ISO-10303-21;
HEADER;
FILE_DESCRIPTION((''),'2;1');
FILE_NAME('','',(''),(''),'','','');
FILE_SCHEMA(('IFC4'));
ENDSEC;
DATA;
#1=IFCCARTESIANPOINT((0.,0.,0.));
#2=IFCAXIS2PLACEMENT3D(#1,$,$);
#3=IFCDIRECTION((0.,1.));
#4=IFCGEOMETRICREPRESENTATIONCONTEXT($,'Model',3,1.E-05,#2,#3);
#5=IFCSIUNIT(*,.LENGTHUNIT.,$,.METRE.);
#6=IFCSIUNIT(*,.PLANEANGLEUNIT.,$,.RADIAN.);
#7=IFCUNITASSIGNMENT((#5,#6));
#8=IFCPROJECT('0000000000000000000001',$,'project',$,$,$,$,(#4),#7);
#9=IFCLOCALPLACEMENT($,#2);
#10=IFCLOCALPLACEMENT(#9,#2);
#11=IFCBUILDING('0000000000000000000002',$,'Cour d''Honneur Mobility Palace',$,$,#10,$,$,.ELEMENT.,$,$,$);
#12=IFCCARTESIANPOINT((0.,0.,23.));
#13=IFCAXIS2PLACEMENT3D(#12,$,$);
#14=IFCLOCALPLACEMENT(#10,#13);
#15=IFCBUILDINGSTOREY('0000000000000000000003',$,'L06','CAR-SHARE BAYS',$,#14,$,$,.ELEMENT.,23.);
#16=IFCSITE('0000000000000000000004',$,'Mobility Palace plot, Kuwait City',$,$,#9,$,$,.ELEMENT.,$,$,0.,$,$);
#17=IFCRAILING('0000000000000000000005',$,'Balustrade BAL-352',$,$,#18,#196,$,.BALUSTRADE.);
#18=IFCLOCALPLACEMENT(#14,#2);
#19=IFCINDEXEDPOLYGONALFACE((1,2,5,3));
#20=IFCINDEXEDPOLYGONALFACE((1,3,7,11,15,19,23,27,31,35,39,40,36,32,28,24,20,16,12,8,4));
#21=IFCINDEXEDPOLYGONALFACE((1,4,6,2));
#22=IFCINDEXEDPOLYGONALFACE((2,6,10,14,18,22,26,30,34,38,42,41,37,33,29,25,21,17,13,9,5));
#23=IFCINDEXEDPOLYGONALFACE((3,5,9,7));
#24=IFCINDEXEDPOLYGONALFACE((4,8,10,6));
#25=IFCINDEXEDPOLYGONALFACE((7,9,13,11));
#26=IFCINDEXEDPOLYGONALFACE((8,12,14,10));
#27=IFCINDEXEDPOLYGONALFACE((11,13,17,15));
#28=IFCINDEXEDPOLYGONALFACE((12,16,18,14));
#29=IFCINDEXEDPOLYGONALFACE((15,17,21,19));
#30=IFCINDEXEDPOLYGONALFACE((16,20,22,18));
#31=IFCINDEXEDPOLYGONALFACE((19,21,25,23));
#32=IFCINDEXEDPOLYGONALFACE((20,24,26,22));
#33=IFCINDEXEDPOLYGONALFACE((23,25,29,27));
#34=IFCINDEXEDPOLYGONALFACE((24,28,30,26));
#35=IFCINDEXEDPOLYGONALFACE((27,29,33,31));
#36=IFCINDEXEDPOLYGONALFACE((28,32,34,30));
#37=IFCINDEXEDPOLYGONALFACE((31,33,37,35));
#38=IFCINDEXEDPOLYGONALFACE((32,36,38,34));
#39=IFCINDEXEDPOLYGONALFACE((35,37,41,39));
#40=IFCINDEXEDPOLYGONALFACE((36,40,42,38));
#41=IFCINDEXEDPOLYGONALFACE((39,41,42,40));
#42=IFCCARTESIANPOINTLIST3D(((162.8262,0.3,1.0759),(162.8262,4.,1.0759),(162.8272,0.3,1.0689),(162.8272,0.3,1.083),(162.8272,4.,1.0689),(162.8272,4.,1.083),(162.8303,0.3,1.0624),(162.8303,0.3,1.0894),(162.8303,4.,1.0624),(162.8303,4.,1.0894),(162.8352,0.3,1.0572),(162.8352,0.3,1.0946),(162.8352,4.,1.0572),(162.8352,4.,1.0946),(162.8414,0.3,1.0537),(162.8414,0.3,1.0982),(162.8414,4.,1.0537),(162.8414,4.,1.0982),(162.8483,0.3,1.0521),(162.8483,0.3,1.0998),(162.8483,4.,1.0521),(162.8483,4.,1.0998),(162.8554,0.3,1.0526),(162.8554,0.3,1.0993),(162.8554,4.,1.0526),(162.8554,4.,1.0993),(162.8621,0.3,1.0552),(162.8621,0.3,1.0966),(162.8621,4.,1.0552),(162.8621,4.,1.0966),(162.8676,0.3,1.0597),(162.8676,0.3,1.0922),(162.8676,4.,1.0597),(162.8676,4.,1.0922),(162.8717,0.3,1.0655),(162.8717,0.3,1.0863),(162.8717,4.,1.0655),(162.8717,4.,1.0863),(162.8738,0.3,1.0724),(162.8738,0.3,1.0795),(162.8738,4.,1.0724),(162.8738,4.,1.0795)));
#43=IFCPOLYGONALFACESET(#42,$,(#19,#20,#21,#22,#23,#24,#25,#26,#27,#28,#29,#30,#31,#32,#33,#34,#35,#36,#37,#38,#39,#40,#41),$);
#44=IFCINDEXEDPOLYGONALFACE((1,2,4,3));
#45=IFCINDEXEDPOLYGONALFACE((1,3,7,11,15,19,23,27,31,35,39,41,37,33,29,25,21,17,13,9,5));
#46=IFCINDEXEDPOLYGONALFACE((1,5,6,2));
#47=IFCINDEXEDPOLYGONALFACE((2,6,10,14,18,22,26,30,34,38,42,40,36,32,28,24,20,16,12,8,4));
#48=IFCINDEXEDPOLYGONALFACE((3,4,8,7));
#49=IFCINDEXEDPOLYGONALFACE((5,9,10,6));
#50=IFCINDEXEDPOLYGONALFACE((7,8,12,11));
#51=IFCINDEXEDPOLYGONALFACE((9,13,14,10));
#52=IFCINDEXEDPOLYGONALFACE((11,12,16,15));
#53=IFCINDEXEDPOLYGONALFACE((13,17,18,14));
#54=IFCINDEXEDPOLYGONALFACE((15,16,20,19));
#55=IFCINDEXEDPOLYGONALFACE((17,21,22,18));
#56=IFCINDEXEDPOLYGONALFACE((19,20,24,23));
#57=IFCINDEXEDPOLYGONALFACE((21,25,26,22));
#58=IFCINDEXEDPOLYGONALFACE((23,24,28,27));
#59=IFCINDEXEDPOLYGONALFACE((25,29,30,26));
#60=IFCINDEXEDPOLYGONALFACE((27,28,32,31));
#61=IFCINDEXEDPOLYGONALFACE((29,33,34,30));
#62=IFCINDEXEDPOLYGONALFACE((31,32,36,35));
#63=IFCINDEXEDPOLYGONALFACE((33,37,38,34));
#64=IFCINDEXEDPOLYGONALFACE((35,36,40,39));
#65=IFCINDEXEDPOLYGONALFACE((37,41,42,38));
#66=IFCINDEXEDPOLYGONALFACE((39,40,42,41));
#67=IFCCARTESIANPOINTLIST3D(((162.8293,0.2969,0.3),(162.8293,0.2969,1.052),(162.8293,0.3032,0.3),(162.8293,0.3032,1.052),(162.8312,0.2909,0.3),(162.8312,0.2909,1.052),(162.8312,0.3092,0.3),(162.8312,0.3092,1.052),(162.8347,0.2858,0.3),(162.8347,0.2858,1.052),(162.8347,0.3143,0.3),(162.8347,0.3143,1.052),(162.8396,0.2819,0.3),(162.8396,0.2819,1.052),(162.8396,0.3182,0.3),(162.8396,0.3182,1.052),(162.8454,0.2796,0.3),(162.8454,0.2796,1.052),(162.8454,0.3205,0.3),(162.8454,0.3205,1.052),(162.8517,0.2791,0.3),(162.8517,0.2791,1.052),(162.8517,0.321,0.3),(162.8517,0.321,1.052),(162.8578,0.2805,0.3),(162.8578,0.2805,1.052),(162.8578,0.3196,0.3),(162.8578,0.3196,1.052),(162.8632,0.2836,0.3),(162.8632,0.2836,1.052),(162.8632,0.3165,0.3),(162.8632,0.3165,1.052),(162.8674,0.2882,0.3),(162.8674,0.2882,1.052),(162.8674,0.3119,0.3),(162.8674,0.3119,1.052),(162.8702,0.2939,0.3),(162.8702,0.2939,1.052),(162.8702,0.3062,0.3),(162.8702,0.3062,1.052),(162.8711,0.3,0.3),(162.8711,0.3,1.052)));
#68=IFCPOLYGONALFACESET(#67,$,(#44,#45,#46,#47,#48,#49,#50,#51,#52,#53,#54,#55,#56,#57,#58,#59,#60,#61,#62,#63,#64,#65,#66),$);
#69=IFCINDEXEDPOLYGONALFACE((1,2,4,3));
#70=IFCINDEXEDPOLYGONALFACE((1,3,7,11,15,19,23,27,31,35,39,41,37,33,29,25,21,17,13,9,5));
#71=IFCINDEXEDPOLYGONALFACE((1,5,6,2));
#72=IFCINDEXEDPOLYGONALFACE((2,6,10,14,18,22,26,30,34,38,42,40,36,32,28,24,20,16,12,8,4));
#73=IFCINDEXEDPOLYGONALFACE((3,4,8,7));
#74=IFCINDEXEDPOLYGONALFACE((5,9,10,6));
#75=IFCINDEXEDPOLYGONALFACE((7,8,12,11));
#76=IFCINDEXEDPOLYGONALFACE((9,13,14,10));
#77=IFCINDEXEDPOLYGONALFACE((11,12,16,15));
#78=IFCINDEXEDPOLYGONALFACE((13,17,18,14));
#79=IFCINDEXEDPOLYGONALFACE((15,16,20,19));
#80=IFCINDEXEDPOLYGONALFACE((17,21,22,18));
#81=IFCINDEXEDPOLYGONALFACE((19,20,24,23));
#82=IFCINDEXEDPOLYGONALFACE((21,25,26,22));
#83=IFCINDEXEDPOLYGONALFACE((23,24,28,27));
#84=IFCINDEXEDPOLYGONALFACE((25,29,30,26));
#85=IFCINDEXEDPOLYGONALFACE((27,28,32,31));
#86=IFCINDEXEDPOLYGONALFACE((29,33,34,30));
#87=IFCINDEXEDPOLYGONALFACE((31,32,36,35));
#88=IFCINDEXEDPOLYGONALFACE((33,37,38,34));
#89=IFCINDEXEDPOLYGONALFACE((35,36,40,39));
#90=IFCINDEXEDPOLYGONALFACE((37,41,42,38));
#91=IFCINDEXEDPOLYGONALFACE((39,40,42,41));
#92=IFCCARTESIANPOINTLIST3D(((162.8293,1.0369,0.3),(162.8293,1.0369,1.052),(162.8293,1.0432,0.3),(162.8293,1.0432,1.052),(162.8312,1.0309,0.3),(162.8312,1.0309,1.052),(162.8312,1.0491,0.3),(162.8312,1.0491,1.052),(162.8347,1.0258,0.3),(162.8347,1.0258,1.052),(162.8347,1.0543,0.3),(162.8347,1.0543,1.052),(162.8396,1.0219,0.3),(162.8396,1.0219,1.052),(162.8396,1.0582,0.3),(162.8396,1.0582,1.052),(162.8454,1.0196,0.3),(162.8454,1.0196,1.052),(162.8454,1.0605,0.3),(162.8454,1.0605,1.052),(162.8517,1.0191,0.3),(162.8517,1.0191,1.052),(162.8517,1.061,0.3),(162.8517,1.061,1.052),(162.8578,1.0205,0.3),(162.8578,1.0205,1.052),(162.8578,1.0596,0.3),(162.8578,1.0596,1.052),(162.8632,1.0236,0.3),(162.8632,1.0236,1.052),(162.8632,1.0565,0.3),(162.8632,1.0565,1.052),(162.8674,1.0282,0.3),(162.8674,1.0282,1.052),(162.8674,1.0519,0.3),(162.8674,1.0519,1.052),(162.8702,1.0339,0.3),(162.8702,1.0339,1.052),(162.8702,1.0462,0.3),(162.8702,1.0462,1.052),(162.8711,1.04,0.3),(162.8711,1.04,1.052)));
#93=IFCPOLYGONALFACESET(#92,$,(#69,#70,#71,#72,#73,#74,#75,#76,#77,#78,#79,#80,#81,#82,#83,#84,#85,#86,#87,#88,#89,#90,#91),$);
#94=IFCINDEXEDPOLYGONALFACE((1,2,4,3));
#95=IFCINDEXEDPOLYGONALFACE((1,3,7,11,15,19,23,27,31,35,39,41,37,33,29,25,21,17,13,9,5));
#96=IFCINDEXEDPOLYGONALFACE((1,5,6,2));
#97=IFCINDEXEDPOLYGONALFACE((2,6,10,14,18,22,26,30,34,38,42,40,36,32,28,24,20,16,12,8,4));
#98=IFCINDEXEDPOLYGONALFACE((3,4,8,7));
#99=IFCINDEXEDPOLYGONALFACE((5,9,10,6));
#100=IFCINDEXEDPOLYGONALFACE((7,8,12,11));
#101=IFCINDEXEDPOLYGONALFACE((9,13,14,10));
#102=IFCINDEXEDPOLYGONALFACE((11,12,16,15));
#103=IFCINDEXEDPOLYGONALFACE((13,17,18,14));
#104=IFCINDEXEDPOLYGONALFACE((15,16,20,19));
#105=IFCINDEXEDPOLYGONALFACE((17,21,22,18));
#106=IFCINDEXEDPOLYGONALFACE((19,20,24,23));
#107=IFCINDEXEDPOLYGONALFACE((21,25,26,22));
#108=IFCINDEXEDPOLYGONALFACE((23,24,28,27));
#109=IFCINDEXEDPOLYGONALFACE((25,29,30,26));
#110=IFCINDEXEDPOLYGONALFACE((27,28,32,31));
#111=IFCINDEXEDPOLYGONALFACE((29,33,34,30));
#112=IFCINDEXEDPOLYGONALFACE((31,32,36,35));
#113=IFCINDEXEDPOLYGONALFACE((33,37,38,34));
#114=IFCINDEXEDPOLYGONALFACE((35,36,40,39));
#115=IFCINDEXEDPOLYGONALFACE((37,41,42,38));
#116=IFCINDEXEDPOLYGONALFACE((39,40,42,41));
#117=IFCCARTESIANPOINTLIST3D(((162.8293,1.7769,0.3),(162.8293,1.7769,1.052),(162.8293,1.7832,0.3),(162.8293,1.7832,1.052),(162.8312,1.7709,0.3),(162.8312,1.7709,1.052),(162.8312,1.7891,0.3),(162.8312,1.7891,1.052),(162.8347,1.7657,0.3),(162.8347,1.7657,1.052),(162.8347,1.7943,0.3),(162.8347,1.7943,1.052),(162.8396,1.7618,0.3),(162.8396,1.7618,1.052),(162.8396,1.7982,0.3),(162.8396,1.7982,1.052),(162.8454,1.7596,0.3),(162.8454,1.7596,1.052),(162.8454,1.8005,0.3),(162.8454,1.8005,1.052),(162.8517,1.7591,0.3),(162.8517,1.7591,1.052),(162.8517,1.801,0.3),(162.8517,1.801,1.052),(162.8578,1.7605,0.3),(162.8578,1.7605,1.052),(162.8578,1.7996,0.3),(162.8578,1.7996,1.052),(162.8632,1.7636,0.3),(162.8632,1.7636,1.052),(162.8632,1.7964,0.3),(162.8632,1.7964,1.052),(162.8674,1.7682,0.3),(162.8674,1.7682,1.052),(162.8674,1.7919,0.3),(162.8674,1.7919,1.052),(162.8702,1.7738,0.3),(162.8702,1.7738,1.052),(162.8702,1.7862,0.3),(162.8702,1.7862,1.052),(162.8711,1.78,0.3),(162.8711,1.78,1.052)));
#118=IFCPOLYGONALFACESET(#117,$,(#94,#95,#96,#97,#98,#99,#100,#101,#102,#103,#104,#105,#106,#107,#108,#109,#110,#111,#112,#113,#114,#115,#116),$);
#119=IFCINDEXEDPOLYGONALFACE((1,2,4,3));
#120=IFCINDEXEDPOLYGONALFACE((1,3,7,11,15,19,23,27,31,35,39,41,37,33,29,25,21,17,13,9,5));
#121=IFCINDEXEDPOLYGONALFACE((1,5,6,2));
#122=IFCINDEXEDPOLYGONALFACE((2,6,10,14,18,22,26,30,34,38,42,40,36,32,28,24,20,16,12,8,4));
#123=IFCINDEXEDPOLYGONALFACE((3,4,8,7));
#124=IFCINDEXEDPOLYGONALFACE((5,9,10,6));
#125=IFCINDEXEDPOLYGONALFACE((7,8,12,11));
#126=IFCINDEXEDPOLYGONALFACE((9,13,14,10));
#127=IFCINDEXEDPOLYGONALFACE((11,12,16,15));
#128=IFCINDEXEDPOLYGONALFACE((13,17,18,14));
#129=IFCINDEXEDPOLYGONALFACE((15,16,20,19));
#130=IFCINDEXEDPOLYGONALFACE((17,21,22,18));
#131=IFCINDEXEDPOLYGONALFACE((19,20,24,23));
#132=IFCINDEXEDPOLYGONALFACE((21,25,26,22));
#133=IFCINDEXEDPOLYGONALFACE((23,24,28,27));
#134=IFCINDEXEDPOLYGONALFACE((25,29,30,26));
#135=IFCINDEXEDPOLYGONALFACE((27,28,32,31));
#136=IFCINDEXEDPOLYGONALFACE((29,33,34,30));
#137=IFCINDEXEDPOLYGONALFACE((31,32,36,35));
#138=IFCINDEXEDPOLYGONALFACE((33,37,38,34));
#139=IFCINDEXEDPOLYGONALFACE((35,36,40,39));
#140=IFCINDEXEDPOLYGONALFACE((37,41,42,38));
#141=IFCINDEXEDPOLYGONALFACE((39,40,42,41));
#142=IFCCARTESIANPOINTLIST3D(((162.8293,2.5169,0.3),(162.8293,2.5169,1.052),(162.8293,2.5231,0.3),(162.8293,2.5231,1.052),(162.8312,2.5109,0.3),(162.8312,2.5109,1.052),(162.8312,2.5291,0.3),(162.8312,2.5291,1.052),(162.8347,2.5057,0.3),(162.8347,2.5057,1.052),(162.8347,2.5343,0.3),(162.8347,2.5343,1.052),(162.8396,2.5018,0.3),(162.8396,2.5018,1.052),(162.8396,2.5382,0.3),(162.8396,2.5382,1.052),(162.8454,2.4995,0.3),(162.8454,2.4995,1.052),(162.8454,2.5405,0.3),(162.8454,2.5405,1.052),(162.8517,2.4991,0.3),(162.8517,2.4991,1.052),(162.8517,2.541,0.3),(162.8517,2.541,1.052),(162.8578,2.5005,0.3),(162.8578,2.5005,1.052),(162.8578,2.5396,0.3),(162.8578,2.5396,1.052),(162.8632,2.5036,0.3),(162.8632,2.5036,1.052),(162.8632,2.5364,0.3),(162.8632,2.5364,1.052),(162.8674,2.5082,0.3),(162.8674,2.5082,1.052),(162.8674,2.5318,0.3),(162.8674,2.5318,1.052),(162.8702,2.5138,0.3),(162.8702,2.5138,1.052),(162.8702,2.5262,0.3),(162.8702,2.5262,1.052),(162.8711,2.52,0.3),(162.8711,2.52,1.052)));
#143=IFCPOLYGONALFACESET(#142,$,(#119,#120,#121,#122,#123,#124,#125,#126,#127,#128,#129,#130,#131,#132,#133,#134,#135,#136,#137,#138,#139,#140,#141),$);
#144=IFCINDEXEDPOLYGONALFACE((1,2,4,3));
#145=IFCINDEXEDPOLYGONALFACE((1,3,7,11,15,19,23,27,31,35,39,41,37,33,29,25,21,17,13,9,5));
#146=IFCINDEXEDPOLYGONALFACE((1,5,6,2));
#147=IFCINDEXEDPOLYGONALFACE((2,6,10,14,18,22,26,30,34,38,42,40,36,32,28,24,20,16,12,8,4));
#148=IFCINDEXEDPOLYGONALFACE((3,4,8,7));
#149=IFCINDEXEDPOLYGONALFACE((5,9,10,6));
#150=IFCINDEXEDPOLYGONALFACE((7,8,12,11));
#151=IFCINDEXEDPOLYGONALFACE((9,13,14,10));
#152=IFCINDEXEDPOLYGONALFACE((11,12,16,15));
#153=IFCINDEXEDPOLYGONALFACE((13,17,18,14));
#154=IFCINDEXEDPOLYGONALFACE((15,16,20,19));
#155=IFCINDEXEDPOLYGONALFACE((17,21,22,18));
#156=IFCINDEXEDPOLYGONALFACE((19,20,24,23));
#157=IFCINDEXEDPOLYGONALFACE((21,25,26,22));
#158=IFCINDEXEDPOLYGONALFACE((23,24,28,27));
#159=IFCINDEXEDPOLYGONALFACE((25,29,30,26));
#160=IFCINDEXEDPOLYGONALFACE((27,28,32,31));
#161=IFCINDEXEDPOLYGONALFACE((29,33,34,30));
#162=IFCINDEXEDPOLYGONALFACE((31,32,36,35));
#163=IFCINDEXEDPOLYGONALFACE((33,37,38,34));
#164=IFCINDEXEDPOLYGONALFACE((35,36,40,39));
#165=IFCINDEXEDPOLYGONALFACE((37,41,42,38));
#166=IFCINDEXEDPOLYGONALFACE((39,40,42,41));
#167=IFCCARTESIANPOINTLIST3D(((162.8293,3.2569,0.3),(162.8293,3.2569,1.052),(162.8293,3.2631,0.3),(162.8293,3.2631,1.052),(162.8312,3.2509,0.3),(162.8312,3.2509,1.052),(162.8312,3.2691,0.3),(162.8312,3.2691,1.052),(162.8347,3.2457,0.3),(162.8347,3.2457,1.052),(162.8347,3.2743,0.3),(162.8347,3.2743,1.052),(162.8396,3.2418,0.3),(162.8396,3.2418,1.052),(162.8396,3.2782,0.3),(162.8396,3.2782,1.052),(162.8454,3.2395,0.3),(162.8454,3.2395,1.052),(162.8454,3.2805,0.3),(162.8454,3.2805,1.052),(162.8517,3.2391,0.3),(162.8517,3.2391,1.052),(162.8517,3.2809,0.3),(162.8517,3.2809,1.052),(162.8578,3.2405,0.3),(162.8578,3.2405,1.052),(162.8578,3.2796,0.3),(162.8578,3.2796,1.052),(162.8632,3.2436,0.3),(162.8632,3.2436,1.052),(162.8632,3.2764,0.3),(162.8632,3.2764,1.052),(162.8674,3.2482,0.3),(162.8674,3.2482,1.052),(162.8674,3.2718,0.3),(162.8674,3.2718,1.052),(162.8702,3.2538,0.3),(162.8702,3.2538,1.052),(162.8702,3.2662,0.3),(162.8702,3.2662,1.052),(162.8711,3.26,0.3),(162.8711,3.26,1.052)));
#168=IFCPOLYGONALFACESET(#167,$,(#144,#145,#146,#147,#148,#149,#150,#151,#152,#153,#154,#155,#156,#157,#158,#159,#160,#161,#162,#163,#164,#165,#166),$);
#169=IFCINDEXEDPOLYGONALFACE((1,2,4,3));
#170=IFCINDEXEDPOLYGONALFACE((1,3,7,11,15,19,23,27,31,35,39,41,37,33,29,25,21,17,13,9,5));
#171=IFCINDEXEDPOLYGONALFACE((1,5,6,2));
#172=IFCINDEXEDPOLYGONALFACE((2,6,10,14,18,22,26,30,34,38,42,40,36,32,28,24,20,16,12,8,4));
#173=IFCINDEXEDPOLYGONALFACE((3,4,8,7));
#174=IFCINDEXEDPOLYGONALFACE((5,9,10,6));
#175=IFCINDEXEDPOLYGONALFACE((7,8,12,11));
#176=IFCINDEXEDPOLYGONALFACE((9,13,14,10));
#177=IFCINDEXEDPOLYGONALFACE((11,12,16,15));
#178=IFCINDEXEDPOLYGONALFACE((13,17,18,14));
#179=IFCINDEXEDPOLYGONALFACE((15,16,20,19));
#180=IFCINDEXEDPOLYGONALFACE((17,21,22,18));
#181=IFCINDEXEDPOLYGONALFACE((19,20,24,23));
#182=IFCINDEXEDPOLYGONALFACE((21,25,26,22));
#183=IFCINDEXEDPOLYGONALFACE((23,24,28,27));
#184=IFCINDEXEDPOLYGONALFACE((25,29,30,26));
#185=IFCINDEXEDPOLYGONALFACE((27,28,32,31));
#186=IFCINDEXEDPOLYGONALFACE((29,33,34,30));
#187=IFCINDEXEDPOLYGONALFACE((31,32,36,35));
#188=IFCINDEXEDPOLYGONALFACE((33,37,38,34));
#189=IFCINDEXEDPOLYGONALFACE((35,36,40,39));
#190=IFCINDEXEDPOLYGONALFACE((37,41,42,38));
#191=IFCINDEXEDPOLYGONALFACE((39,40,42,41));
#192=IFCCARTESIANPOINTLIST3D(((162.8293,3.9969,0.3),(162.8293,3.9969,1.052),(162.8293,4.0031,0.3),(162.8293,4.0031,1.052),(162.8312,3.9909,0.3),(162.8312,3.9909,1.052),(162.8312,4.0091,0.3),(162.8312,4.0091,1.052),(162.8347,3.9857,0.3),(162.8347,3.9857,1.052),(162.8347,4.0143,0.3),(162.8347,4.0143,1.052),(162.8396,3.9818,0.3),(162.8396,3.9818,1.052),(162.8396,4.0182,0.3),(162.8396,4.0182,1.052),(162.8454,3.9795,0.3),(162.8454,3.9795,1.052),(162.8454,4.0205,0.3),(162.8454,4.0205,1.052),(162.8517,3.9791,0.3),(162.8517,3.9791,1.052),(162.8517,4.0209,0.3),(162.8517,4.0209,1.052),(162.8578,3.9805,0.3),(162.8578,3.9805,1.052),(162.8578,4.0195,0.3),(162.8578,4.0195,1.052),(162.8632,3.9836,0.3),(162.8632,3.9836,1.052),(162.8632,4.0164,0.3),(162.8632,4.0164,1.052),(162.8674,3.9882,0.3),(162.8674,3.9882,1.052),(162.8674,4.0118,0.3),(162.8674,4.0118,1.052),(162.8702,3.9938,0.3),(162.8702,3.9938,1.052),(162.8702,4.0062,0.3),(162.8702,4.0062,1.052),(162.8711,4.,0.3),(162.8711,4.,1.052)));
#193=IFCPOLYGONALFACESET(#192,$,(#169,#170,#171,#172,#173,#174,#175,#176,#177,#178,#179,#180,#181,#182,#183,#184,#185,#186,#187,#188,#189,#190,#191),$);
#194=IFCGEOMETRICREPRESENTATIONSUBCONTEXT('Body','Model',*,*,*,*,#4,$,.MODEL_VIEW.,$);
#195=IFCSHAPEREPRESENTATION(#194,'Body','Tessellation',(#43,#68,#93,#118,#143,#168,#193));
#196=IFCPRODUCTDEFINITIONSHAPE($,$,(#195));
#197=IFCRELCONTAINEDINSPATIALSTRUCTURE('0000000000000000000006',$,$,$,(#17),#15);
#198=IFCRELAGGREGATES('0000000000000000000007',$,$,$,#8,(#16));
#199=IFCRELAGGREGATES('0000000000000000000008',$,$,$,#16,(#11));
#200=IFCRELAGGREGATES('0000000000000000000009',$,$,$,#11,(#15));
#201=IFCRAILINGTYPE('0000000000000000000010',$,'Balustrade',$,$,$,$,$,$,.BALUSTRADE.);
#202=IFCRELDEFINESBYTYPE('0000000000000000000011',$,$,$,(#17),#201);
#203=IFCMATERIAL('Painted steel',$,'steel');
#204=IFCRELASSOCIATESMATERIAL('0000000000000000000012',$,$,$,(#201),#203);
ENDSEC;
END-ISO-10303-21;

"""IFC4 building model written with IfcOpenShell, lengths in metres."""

from ifc_helpers import new_model, si_unit, direction, frame, origin, origin_2d, place, context, subcontext, project, spatial, circle, extrude, material, type_object, element, save


model = new_model("IFC4")

# Units and contexts
model_context = context("Model", 3, precision=1e-05, world=origin(), true_north=direction((0.0, 1.0)))
body_context = subcontext(model_context, "Body", "Model", "MODEL_VIEW")
ifc_project = project(units=[si_unit("LENGTHUNIT", "METRE"), si_unit("PLANEANGLEUNIT", "RADIAN")], contexts=[model_context])

# Site, building, storey
site_placement = place(None, origin())
site = spatial("IfcSite", under=ifc_project, at=site_placement, Name="Mobility Palace plot, Kuwait City", CompositionType="ELEMENT", RefElevation=0.0)
building_placement = place(site_placement, origin())
building = spatial("IfcBuilding", under=site, at=building_placement, Name="Cour d'Honneur Mobility Palace", CompositionType="ELEMENT")
storey_placement = place(building_placement, frame((0.0, 0.0, 23.0)))
storey = spatial("IfcBuildingStorey", under=building, at=storey_placement, Name="L06", Description="CAR-SHARE BAYS", CompositionType="ELEMENT", Elevation=23.0)

# Railing
ifc_material_1 = material(Name="Painted steel", Category="steel")
railing_type_1 = type_object("IfcRailingType", Name="Balustrade", PredefinedType="BALUSTRADE", material=ifc_material_1)
railing_1_placement = place(storey_placement, frame((162.8501, 0.3, 0.3)))
element("IfcRailing", 1, at=railing_1_placement, inside=storey, type_object=railing_type_1, Name="Balustrade BAL-352", PredefinedType="BALUSTRADE", context=body_context, shape_type="SweptSolid", body=[
    extrude(circle(Radius=0.0239, at=origin_2d()), frame((0.0, 0.0, 0.7759), z_axis=(0.0, 1.0, 0.0), x_axis=(-1.0, 0.0, 0.0)), (0.0, 0.0, 1.0), 3.7),
    extrude(circle(Radius=0.021, at=origin_2d()), origin(), (0.0, 0.0, 1.0), 0.752),
    extrude(circle(Radius=0.021, at=origin_2d()), frame((0.0, 0.74, 0.0)), (0.0, 0.0, 1.0), 0.752),
    extrude(circle(Radius=0.021, at=origin_2d()), frame((0.0, 1.48, 0.0)), (0.0, 0.0, 1.0), 0.752),
    extrude(circle(Radius=0.021, at=origin_2d()), frame((0.0, 2.22, 0.0)), (0.0, 0.0, 1.0), 0.752),
    extrude(circle(Radius=0.021, at=origin_2d()), frame((0.0, 2.96, 0.0)), (0.0, 0.0, 1.0), 0.752),
    extrude(circle(Radius=0.021, at=origin_2d()), frame((0.0, 3.7, 0.0)), (0.0, 0.0, 1.0), 0.752),
])

save(model, "model.ifc")
